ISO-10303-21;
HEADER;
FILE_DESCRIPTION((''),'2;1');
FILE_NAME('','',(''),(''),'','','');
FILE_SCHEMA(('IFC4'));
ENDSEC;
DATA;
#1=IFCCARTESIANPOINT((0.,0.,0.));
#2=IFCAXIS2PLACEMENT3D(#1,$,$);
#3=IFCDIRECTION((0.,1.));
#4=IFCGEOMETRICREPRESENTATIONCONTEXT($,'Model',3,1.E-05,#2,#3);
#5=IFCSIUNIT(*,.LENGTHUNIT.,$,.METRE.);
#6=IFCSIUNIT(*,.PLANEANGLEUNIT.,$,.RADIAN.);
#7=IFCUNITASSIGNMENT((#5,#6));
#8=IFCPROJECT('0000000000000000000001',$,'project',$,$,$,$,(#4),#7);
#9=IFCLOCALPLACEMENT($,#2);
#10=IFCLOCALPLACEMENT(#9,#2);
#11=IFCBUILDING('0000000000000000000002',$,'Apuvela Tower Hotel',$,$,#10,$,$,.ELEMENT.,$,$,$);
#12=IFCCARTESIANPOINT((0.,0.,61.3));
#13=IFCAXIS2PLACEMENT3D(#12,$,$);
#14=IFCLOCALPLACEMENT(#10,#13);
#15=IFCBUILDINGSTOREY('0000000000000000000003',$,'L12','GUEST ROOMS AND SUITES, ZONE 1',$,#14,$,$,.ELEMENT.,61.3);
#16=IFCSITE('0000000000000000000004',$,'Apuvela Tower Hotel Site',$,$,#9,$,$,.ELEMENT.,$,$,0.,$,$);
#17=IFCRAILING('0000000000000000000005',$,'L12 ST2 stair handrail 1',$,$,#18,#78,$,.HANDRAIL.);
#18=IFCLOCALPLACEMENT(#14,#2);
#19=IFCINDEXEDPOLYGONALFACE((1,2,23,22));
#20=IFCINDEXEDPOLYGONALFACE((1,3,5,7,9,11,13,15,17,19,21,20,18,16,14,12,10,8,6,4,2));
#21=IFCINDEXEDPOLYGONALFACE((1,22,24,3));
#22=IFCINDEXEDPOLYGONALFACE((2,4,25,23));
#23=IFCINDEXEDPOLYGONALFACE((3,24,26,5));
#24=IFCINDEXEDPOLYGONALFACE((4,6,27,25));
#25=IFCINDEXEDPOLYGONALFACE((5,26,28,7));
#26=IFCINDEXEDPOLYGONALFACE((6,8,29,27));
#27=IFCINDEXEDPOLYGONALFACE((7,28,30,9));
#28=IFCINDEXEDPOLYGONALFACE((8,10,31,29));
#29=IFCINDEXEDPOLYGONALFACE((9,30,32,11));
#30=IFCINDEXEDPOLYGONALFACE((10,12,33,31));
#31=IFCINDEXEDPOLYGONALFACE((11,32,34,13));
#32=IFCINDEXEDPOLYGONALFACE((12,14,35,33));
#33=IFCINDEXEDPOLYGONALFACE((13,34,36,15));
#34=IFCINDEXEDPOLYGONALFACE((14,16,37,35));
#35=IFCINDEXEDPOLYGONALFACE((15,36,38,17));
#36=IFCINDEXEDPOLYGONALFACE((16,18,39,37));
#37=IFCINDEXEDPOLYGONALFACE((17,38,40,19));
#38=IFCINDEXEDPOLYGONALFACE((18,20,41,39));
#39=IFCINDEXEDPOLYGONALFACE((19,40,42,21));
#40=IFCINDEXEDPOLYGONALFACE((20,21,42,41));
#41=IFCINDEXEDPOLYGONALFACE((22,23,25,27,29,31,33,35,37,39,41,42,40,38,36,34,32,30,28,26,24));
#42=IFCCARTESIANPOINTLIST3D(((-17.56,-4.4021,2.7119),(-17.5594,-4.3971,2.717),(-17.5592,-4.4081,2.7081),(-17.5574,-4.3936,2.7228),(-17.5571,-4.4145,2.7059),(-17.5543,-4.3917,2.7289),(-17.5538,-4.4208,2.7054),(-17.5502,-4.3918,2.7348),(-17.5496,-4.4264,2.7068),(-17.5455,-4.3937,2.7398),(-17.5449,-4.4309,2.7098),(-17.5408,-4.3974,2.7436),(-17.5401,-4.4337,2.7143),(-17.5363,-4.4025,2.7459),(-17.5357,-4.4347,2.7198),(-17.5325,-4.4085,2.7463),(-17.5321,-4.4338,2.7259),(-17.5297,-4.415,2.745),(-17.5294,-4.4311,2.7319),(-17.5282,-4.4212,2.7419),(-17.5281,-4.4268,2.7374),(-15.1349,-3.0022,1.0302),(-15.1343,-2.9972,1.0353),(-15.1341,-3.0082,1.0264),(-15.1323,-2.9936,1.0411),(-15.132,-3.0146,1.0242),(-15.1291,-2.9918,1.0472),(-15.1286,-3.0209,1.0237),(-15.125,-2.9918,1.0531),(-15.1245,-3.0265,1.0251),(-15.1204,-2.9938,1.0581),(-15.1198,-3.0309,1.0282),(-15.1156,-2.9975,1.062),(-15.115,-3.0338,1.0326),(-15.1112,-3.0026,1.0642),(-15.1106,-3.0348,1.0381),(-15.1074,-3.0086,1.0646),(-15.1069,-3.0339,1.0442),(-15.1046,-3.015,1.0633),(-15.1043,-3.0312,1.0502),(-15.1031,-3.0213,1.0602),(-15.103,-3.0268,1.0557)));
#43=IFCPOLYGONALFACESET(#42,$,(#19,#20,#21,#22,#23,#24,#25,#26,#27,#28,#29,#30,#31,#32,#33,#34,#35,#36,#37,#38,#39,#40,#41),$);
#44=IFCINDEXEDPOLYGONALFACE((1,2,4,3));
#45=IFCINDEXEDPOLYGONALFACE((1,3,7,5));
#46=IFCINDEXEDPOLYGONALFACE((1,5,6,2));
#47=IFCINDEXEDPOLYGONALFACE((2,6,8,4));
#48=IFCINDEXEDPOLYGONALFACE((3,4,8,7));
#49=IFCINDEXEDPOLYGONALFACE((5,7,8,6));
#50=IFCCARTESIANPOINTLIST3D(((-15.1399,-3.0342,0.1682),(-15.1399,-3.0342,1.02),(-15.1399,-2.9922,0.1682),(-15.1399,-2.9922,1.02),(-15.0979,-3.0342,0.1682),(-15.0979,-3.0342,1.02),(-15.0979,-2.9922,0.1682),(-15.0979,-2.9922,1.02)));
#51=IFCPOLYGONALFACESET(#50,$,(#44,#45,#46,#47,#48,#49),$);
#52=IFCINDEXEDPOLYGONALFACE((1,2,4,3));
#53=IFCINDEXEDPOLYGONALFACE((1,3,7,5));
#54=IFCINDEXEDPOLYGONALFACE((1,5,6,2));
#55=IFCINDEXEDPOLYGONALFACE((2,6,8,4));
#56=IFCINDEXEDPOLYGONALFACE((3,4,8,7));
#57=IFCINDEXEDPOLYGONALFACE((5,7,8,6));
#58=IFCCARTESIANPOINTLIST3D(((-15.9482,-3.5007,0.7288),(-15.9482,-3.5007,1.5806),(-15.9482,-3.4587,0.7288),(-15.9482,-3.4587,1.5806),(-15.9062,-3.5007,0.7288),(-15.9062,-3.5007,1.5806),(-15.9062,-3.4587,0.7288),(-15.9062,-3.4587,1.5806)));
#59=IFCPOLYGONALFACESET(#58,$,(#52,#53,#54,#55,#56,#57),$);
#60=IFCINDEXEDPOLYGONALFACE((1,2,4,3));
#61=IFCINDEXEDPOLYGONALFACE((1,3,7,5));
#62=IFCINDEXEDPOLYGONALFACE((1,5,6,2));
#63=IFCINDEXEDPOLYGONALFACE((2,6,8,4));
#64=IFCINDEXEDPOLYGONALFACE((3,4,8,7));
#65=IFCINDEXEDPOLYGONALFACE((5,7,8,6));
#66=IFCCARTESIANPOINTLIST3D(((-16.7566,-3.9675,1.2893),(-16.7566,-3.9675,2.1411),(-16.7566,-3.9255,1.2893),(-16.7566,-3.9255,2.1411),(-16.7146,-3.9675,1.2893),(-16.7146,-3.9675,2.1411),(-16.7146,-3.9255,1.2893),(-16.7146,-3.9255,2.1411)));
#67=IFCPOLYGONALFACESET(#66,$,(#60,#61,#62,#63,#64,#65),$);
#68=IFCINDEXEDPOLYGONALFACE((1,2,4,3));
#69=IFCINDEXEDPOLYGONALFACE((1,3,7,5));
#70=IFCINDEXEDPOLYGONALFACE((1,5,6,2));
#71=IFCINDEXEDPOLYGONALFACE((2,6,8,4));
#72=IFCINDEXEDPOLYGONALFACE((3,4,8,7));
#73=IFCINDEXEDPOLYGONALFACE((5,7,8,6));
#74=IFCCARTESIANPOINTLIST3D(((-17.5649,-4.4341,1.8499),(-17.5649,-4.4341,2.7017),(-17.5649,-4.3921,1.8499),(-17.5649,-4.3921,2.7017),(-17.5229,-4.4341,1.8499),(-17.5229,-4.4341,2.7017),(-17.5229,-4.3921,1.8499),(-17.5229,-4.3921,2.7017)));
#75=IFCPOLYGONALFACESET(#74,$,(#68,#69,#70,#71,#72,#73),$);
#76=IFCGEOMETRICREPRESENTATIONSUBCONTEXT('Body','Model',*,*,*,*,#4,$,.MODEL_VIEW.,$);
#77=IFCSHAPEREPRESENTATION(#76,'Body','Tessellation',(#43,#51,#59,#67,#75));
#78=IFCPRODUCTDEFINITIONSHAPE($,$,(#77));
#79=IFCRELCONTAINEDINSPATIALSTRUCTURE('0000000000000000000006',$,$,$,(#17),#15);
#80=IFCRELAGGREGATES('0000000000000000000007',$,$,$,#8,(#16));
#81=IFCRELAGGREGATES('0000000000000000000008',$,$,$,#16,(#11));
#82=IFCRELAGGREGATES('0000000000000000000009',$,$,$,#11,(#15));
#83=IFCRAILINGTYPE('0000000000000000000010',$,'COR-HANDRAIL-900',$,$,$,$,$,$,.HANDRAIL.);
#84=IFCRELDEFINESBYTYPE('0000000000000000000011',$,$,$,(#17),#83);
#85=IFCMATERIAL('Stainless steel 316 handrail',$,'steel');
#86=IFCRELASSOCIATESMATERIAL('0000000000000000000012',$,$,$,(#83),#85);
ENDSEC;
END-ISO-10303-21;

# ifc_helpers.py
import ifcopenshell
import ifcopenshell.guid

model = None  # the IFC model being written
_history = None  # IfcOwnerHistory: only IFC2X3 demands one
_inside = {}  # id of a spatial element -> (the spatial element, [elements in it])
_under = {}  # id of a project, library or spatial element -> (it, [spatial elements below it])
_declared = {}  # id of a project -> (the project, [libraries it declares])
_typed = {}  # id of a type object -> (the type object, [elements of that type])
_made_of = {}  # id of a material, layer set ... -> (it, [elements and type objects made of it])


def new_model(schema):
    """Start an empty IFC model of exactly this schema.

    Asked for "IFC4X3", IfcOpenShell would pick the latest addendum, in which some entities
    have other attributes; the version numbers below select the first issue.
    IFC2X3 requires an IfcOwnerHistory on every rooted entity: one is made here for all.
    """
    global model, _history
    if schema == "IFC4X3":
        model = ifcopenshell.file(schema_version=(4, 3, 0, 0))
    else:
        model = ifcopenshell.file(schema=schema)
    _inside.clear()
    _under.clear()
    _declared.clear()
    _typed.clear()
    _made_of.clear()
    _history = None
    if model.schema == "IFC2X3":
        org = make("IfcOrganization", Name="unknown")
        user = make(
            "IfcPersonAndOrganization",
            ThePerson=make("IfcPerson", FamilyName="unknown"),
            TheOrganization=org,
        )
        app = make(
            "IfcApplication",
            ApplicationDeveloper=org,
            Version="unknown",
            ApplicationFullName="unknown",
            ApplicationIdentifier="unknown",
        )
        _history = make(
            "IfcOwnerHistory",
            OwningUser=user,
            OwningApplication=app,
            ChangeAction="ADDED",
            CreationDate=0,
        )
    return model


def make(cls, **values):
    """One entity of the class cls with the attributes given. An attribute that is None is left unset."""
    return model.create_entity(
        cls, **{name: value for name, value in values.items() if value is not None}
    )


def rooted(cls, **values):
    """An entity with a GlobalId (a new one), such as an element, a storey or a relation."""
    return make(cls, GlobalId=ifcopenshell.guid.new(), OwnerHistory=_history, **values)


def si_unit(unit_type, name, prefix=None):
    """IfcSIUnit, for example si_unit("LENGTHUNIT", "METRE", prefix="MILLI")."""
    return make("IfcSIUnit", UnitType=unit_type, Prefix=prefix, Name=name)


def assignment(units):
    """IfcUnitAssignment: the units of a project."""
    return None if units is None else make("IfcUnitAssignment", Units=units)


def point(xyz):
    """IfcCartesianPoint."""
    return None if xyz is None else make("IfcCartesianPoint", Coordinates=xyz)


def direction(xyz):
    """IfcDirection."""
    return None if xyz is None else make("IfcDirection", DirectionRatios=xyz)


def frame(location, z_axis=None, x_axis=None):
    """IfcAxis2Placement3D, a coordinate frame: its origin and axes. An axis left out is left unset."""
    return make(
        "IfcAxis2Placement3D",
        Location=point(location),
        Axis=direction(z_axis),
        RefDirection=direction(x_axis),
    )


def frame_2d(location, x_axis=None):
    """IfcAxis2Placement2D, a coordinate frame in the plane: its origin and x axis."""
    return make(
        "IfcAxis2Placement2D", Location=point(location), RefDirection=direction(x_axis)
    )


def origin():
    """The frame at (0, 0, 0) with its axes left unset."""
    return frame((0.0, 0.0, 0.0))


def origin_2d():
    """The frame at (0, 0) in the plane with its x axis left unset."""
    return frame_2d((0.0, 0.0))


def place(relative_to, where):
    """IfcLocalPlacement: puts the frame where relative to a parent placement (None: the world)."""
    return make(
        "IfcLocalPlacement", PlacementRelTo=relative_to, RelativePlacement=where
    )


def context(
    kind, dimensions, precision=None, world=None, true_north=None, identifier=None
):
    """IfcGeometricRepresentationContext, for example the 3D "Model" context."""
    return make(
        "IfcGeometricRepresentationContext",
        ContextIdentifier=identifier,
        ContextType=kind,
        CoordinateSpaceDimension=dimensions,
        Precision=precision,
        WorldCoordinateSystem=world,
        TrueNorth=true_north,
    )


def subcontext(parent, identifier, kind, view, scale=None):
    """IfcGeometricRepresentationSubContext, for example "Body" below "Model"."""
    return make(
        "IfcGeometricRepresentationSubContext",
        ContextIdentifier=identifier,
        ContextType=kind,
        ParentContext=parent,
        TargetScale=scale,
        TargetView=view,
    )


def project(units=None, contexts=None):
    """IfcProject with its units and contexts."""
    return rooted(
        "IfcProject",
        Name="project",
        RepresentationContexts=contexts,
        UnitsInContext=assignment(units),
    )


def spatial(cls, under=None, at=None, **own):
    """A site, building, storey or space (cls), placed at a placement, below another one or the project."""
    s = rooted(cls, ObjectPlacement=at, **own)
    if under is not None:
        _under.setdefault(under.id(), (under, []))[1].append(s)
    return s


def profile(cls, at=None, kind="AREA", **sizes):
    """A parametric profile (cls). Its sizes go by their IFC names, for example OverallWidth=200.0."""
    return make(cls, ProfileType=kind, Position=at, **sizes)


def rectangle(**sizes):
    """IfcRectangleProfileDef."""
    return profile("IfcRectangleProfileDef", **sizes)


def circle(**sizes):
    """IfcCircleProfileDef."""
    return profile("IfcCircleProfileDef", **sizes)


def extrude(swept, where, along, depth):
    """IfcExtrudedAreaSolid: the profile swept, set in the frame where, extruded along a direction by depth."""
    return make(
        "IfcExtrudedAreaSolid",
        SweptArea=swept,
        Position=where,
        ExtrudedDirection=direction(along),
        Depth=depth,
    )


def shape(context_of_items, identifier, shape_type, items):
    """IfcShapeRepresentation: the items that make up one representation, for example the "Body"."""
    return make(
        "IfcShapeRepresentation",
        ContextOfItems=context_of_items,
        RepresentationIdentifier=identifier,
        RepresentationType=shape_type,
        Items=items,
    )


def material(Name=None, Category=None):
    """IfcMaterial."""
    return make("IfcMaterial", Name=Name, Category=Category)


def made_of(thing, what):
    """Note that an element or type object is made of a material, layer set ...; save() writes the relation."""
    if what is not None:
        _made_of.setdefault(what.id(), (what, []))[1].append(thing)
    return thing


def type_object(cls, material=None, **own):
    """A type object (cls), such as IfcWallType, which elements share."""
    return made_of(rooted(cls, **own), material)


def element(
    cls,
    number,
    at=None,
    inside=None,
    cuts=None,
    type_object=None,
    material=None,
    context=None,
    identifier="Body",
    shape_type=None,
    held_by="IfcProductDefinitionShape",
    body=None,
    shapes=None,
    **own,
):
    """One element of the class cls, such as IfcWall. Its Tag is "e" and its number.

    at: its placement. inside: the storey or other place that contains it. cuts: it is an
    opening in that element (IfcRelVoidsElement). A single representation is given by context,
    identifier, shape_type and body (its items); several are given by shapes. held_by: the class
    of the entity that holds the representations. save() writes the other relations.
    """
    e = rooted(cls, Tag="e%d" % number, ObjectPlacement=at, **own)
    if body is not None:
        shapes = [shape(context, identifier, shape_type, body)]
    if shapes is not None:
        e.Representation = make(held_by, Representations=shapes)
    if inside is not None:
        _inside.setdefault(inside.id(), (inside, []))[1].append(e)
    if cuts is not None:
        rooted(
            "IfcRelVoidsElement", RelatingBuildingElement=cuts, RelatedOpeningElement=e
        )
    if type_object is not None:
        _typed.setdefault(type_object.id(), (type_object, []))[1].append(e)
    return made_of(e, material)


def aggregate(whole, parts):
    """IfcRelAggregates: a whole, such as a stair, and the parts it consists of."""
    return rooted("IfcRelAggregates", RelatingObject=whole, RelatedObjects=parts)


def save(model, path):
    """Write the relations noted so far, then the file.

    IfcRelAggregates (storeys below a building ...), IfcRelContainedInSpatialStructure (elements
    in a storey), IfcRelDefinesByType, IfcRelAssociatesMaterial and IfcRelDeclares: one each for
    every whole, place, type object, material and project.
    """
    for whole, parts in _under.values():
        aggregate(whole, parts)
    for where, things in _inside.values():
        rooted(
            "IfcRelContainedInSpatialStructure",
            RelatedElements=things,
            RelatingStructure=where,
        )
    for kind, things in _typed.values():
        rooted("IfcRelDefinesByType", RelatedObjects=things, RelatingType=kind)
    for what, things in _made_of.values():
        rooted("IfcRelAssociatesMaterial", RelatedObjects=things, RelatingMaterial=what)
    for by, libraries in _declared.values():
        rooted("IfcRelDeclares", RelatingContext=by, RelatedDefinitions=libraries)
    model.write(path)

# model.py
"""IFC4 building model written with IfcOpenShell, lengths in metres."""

from ifc_helpers import new_model, si_unit, direction, frame, origin, origin_2d, place, context, subcontext, project, spatial, rectangle, circle, extrude, material, type_object, element, save


model = new_model("IFC4")

# Units and contexts
model_context = context("Model", 3, precision=1e-05, world=origin(), true_north=direction((0.0, 1.0)))
body_context = subcontext(model_context, "Body", "Model", "MODEL_VIEW")
ifc_project = project(units=[si_unit("LENGTHUNIT", "METRE"), si_unit("PLANEANGLEUNIT", "RADIAN")], contexts=[model_context])

# Site, building, storey
site_placement = place(None, origin())
site = spatial("IfcSite", under=ifc_project, at=site_placement, Name="Apuvela Tower Hotel Site", CompositionType="ELEMENT", RefElevation=0.0)
building_placement = place(site_placement, origin())
building = spatial("IfcBuilding", under=site, at=building_placement, Name="Apuvela Tower Hotel", CompositionType="ELEMENT")
storey_placement = place(building_placement, frame((0.0, 0.0, 61.3)))
storey = spatial("IfcBuildingStorey", under=building, at=storey_placement, Name="L12", Description="GUEST ROOMS AND SUITES, ZONE 1", CompositionType="ELEMENT", Elevation=61.3)

# Railing
ifc_material_1 = material(Name="Stainless steel 316 handrail", Category="steel")
railing_type_1 = type_object("IfcRailingType", Name="COR-HANDRAIL-900", PredefinedType="HANDRAIL", material=ifc_material_1)
railing_1_placement = place(storey_placement, frame((-15.1189, -3.0132, 0.1682)))
element("IfcRailing", 1, at=railing_1_placement, inside=storey, type_object=railing_type_1, Name="L12 ST2 stair handrail 1", PredefinedType="HANDRAIL", context=body_context, shape_type="SweptSolid", body=[
    extrude(circle(Radius=0.0239, at=origin_2d()), frame((0.0, 0.0, 0.876), z_axis=(-0.742453, -0.428594, 0.514851), x_axis=(0.499946, -0.866056, 0.0)), (0.0, 0.0, 1.0), 3.2664),
    extrude(rectangle(XDim=0.042, YDim=0.042, at=origin_2d()), origin(), (0.0, 0.0, 1.0), 0.8518),
    extrude(rectangle(XDim=0.042, YDim=0.042, at=origin_2d()), frame((-0.8083, -0.4666, 0.5605)), (0.0, 0.0, 1.0), 0.8518),
    extrude(rectangle(XDim=0.042, YDim=0.042, at=origin_2d()), frame((-1.6167, -0.9333, 1.1211)), (0.0, 0.0, 1.0), 0.8518),
    extrude(rectangle(XDim=0.042, YDim=0.042, at=origin_2d()), frame((-2.425, -1.3999, 1.6816)), (0.0, 0.0, 1.0), 0.8518),
])

save(model, "model.ifc")
